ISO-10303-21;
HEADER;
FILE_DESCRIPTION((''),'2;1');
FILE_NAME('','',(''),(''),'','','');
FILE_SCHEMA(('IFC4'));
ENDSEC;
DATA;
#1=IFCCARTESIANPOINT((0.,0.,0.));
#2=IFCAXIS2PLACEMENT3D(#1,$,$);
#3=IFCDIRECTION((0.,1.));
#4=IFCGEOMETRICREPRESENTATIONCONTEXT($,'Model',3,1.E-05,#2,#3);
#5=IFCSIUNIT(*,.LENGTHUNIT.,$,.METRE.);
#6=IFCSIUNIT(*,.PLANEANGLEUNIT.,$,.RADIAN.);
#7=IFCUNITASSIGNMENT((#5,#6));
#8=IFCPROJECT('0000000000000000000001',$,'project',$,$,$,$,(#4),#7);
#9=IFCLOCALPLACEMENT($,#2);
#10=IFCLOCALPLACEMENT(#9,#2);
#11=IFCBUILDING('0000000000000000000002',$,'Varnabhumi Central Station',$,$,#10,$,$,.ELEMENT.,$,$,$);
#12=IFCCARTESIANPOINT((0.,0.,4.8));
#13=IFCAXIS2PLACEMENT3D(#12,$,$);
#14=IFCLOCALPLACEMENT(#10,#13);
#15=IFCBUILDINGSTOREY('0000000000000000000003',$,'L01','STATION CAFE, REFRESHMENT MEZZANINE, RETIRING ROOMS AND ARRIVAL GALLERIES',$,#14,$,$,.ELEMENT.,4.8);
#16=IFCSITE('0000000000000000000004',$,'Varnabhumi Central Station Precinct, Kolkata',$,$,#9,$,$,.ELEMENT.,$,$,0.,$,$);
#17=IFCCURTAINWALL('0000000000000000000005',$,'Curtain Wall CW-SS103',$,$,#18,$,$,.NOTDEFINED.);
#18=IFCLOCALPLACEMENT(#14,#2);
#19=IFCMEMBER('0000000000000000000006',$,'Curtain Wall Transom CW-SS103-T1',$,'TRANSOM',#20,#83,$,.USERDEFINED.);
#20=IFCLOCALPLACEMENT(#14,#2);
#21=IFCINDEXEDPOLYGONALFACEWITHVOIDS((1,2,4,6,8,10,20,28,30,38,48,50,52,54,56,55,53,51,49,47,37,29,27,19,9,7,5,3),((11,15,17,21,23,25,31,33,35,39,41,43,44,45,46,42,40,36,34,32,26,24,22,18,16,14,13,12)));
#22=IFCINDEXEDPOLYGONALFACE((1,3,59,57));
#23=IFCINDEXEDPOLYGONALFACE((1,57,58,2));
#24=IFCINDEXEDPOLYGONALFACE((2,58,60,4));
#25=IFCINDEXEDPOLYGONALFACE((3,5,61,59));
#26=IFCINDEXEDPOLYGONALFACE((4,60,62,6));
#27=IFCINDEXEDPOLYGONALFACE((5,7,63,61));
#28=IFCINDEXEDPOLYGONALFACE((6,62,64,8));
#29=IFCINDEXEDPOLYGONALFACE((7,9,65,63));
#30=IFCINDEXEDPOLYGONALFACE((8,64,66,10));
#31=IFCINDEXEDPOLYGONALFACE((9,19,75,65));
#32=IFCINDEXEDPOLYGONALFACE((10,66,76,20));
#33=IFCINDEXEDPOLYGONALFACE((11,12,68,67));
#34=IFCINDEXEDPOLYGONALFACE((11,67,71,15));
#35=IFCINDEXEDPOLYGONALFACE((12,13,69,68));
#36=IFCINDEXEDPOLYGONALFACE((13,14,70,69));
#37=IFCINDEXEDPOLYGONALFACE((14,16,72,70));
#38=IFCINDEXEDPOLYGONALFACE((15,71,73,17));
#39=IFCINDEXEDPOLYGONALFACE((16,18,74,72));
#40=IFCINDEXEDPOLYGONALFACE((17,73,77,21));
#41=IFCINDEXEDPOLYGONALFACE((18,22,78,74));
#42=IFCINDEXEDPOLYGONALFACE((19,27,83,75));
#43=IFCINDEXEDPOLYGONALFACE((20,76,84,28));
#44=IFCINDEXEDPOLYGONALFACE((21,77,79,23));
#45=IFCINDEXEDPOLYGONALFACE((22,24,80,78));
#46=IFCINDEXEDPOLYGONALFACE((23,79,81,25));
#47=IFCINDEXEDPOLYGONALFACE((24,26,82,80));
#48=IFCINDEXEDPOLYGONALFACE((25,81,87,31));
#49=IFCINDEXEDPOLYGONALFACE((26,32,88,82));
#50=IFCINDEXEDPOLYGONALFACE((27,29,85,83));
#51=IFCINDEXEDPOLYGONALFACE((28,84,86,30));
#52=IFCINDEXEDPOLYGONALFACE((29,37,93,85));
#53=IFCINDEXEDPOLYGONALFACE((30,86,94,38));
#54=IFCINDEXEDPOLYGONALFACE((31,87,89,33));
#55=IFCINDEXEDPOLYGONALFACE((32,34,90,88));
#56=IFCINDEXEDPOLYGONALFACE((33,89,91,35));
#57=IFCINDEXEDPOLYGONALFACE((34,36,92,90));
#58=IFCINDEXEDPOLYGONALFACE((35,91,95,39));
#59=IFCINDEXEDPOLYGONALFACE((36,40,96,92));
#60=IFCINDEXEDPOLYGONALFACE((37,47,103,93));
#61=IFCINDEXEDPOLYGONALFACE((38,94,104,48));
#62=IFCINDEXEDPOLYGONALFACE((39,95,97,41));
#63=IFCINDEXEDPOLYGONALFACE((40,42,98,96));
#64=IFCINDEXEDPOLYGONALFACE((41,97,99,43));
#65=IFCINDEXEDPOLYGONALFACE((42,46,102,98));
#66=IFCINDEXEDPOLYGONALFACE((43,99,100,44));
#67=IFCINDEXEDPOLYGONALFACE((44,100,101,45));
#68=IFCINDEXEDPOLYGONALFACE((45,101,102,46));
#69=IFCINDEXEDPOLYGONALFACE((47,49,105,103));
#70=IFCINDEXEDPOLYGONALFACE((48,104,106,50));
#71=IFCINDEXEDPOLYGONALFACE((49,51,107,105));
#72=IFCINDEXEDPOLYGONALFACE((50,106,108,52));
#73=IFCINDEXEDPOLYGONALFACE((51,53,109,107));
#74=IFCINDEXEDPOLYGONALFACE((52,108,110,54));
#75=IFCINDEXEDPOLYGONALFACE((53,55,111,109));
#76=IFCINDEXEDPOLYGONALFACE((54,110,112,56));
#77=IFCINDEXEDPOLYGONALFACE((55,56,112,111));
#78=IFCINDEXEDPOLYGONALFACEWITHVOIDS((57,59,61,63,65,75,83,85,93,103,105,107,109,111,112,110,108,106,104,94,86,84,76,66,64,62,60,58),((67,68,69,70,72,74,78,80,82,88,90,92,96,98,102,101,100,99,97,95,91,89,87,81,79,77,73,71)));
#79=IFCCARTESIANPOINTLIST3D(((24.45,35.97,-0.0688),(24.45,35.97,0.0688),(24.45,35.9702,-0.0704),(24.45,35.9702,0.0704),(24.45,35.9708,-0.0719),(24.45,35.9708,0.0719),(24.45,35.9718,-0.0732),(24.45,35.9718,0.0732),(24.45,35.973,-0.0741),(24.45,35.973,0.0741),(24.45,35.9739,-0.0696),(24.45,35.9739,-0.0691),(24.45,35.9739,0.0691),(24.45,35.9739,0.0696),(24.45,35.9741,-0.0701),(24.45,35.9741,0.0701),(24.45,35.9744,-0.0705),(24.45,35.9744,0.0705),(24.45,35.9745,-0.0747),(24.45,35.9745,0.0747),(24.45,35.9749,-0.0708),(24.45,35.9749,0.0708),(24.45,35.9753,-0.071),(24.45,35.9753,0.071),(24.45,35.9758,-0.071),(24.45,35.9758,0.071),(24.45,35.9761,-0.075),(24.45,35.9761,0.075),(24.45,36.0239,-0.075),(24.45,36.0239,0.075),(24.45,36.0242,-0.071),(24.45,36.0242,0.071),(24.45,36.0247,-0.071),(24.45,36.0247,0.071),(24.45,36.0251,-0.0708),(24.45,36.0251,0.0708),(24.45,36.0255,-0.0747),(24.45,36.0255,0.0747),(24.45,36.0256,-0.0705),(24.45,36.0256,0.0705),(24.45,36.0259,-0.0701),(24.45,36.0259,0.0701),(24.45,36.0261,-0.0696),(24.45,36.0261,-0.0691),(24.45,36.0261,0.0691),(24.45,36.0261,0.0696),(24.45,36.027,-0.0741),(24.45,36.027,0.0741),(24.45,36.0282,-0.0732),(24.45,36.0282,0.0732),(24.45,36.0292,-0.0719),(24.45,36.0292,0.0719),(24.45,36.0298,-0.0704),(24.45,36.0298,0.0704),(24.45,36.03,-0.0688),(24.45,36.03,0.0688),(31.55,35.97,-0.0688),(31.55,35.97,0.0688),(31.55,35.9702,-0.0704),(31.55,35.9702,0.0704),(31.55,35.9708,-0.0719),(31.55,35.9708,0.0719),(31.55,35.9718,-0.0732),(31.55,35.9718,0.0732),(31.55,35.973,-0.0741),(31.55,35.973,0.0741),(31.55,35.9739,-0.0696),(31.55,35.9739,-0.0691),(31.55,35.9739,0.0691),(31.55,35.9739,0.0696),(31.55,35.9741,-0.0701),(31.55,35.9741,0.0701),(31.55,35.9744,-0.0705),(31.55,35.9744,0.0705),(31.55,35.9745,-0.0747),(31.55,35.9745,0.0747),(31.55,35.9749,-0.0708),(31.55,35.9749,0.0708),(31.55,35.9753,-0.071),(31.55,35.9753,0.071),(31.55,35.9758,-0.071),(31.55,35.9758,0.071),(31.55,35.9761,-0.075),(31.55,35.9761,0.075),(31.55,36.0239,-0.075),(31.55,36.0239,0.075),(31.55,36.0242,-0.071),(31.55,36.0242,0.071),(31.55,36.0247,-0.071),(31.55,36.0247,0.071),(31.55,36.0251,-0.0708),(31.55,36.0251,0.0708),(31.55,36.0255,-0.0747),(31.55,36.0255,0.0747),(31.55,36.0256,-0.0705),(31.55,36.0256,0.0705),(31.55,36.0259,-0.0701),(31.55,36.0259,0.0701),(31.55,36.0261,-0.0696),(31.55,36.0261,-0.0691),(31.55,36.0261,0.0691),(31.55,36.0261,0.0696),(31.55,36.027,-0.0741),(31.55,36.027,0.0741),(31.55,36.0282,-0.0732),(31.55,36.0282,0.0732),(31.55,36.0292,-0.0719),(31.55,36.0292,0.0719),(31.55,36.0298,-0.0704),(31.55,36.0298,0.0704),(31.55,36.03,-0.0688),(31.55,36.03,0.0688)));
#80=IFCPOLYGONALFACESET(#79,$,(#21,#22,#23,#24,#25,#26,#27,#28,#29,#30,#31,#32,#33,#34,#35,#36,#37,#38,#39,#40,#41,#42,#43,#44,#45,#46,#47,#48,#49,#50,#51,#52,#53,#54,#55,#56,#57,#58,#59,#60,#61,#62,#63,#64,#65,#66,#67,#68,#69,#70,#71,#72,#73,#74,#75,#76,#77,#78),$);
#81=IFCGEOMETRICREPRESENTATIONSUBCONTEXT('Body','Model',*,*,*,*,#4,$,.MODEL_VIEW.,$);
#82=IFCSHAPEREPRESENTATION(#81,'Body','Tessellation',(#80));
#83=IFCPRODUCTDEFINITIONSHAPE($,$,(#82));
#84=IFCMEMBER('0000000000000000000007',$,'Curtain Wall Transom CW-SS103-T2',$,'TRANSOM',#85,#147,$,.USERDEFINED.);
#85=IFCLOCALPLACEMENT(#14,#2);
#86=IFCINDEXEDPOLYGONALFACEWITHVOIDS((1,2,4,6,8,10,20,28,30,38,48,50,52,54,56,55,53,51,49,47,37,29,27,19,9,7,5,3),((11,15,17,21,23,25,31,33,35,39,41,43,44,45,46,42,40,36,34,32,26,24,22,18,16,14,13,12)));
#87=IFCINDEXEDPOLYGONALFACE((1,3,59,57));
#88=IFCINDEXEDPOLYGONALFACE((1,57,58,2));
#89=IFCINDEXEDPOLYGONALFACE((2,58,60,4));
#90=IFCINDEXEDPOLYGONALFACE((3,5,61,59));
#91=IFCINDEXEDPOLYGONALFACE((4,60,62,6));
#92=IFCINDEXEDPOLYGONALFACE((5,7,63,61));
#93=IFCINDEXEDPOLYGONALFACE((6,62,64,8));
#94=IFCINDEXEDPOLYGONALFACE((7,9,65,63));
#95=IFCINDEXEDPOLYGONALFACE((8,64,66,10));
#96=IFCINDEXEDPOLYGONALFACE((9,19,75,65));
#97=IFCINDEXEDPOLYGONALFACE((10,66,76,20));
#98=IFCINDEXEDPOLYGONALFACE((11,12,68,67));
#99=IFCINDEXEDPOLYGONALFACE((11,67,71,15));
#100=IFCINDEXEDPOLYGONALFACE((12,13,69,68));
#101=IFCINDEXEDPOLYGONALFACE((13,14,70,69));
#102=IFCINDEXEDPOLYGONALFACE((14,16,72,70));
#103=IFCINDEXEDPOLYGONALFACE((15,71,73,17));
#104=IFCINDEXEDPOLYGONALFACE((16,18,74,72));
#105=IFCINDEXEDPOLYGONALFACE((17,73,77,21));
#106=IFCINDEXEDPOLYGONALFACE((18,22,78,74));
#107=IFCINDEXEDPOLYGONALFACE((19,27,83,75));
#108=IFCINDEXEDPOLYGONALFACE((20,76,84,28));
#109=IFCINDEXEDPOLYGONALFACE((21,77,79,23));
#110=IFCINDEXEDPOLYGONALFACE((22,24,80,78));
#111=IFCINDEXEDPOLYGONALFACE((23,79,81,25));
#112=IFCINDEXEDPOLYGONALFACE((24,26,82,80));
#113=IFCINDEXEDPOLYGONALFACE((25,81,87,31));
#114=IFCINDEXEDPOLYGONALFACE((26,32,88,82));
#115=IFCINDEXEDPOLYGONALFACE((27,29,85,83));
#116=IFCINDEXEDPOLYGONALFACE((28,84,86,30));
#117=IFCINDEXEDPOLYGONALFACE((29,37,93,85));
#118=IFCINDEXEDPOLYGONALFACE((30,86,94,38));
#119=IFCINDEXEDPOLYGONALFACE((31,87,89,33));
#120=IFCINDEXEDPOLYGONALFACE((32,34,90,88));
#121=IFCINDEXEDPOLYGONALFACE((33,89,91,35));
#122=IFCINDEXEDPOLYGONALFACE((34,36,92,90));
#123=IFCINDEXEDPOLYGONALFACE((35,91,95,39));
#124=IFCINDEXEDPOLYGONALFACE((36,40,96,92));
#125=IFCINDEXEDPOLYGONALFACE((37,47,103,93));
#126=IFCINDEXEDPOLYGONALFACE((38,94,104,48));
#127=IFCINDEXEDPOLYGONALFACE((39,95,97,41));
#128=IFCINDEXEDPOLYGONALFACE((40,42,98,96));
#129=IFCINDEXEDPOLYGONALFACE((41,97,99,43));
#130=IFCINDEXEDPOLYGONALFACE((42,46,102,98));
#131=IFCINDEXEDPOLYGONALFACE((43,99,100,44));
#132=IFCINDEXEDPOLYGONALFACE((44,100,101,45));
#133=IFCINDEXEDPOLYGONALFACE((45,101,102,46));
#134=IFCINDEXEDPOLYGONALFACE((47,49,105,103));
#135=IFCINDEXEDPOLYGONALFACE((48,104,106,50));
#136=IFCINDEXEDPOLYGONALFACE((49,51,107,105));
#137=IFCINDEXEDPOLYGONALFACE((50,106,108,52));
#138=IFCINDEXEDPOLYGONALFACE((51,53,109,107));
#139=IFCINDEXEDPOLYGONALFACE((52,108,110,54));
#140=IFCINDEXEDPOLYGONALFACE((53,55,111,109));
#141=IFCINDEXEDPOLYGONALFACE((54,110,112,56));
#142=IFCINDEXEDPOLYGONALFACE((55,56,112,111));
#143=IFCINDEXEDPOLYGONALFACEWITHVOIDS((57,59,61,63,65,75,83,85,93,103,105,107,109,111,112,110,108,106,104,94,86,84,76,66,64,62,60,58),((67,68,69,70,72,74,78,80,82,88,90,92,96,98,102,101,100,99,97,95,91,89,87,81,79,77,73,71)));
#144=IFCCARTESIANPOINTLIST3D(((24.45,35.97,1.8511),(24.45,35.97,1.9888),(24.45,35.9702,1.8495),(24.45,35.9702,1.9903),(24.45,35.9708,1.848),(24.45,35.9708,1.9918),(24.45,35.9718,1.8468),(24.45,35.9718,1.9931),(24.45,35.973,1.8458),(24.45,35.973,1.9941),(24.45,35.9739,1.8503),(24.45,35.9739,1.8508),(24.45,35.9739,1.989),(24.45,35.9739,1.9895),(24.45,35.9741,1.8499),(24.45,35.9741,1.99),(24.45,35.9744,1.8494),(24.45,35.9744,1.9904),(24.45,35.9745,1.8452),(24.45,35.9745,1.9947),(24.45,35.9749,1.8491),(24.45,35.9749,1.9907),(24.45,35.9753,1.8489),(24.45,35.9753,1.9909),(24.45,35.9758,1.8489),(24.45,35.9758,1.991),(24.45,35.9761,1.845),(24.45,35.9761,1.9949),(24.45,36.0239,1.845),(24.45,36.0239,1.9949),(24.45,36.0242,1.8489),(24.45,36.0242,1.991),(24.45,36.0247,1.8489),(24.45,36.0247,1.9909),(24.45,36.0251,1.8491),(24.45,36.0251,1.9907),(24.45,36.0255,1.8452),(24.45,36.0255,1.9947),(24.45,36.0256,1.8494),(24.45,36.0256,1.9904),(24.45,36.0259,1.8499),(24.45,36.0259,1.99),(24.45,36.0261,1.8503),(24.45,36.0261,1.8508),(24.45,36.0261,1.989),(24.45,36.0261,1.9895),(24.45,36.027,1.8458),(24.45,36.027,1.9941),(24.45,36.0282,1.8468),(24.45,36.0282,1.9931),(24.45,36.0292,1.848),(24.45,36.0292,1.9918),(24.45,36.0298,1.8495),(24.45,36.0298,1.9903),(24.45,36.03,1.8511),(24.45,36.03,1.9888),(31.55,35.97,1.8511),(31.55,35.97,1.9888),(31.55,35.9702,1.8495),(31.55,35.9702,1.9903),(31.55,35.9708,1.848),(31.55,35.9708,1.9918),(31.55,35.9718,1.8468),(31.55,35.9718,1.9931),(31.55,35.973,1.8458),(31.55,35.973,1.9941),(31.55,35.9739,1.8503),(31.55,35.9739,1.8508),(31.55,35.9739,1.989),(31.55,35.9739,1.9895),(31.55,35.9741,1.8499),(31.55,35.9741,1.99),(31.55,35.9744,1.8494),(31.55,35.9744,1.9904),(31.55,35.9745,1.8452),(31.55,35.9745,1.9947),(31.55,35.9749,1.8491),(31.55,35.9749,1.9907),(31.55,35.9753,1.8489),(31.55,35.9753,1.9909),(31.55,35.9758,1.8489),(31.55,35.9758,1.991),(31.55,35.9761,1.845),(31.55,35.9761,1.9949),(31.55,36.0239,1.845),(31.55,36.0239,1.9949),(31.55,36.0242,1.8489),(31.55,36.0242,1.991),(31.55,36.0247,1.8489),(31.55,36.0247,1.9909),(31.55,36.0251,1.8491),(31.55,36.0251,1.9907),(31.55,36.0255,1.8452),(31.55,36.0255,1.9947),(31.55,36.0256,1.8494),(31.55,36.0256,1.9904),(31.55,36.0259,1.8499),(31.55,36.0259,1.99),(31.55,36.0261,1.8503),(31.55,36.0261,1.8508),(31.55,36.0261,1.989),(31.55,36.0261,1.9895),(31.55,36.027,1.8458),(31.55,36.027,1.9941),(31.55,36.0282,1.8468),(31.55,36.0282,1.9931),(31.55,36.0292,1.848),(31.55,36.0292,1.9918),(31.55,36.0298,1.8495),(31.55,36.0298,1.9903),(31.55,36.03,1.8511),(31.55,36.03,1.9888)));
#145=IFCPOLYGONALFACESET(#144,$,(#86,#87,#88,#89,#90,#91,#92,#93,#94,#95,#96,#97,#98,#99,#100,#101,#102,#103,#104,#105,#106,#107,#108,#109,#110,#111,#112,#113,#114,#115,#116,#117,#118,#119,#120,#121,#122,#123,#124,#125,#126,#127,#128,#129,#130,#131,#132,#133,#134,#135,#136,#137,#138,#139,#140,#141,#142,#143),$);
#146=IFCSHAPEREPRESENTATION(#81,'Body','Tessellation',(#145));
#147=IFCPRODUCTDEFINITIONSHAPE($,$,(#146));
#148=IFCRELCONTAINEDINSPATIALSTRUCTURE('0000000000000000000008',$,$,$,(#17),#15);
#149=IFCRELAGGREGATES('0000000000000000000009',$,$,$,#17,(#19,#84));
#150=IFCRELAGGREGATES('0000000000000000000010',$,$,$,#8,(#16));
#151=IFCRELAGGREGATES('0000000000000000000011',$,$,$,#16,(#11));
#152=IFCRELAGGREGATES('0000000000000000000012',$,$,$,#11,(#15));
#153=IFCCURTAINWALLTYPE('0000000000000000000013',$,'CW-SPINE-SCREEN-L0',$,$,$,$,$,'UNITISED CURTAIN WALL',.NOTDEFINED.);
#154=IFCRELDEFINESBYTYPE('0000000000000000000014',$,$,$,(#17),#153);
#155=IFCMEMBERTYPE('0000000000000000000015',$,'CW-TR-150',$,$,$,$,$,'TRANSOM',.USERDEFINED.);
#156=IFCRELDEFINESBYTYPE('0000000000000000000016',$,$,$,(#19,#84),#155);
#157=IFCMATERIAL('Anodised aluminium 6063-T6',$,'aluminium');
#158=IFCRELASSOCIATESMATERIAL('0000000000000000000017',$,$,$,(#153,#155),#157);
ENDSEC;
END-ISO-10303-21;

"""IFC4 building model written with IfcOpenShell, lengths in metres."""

from ifc_helpers import new_model, si_unit, direction, frame, origin, origin_2d, place, context, subcontext, project, spatial, hollow_rectangle, extrude, material, material_profile, profile_set, type_object, element, aggregate, save


model = new_model("IFC4")

# Units and contexts
model_context = context("Model", 3, precision=1e-05, world=origin(), true_north=direction((0.0, 1.0)))
body_context = subcontext(model_context, "Body", "Model", "MODEL_VIEW")
ifc_project = project(units=[si_unit("LENGTHUNIT", "METRE"), si_unit("PLANEANGLEUNIT", "RADIAN")], contexts=[model_context])

# Site, building, storey
site_placement = place(None, origin())
site = spatial("IfcSite", under=ifc_project, at=site_placement, Name="Varnabhumi Central Station Precinct, Kolkata", CompositionType="ELEMENT", RefElevation=0.0)
building_placement = place(site_placement, origin())
building = spatial("IfcBuilding", under=site, at=building_placement, Name="Varnabhumi Central Station", CompositionType="ELEMENT")
storey_placement = place(building_placement, frame((0.0, 0.0, 4.8)))
storey = spatial("IfcBuildingStorey", under=building, at=storey_placement, Name="L01", Description="STATION CAFE, REFRESHMENT MEZZANINE, RETIRING ROOMS AND ARRIVAL GALLERIES", CompositionType="ELEMENT", Elevation=4.8)

# Curtain wall, members
ifc_material_1 = material(Name="Anodised aluminium 6063-T6", Category="aluminium")
curtain_wall_type = type_object("IfcCurtainWallType", Name="CW-SPINE-SCREEN-L0", ElementType="UNITISED CURTAIN WALL", PredefinedType="NOTDEFINED", material=ifc_material_1)
curtain_wall_placement = place(storey_placement, origin())
curtain_wall = element("IfcCurtainWall", 1, at=curtain_wall_placement, inside=storey, type_object=curtain_wall_type, Name="Curtain Wall CW-SS103", PredefinedType="NOTDEFINED")
ifc_material_profile_1 = material_profile(ifc_material_1, hollow_rectangle(XDim=0.0601, YDim=0.1499, WallThickness=0.0039, InnerFilletRadius=0.002, OuterFilletRadius=0.0061, at=origin_2d()), Name="Anodised aluminium 6063-T6", Category="aluminium")
ifc_profile_set_1 = profile_set([ifc_material_profile_1], Name="Anodised aluminium 6063-T6")
member_type_1 = type_object("IfcMemberType", Name="CW-TR-150", ElementType="TRANSOM", PredefinedType="USERDEFINED", material=ifc_profile_set_1)
member_1_placement = place(storey_placement, frame((24.45, 36.0, 0.0), z_axis=(1.0, 0.0, 0.0), x_axis=(0.0, 1.0, 0.0)))
member_1 = element("IfcMember", 2, at=member_1_placement, type_object=member_type_1, Name="Curtain Wall Transom CW-SS103-T1", ObjectType="TRANSOM", PredefinedType="USERDEFINED", context=body_context, shape_type="SweptSolid", body=[
    extrude(hollow_rectangle(XDim=0.0601, YDim=0.1499, WallThickness=0.0039, InnerFilletRadius=0.002, OuterFilletRadius=0.0061, at=origin_2d()), origin(), (0.0, 0.0, 1.0), 7.1001),
])
member_2_placement = place(storey_placement, frame((24.45, 36.0, 1.9199), z_axis=(1.0, 0.0, 0.0), x_axis=(0.0, 1.0, 0.0)))
member_2 = element("IfcMember", 3, at=member_2_placement, type_object=member_type_1, Name="Curtain Wall Transom CW-SS103-T2", ObjectType="TRANSOM", PredefinedType="USERDEFINED", context=body_context, shape_type="SweptSolid", body=[
    extrude(hollow_rectangle(XDim=0.0601, YDim=0.1499, WallThickness=0.0039, InnerFilletRadius=0.002, OuterFilletRadius=0.0061, at=origin_2d()), origin(), (0.0, 0.0, 1.0), 7.1001),
])

aggregate(curtain_wall, [member_1, member_2])

save(model, "model.ifc")
